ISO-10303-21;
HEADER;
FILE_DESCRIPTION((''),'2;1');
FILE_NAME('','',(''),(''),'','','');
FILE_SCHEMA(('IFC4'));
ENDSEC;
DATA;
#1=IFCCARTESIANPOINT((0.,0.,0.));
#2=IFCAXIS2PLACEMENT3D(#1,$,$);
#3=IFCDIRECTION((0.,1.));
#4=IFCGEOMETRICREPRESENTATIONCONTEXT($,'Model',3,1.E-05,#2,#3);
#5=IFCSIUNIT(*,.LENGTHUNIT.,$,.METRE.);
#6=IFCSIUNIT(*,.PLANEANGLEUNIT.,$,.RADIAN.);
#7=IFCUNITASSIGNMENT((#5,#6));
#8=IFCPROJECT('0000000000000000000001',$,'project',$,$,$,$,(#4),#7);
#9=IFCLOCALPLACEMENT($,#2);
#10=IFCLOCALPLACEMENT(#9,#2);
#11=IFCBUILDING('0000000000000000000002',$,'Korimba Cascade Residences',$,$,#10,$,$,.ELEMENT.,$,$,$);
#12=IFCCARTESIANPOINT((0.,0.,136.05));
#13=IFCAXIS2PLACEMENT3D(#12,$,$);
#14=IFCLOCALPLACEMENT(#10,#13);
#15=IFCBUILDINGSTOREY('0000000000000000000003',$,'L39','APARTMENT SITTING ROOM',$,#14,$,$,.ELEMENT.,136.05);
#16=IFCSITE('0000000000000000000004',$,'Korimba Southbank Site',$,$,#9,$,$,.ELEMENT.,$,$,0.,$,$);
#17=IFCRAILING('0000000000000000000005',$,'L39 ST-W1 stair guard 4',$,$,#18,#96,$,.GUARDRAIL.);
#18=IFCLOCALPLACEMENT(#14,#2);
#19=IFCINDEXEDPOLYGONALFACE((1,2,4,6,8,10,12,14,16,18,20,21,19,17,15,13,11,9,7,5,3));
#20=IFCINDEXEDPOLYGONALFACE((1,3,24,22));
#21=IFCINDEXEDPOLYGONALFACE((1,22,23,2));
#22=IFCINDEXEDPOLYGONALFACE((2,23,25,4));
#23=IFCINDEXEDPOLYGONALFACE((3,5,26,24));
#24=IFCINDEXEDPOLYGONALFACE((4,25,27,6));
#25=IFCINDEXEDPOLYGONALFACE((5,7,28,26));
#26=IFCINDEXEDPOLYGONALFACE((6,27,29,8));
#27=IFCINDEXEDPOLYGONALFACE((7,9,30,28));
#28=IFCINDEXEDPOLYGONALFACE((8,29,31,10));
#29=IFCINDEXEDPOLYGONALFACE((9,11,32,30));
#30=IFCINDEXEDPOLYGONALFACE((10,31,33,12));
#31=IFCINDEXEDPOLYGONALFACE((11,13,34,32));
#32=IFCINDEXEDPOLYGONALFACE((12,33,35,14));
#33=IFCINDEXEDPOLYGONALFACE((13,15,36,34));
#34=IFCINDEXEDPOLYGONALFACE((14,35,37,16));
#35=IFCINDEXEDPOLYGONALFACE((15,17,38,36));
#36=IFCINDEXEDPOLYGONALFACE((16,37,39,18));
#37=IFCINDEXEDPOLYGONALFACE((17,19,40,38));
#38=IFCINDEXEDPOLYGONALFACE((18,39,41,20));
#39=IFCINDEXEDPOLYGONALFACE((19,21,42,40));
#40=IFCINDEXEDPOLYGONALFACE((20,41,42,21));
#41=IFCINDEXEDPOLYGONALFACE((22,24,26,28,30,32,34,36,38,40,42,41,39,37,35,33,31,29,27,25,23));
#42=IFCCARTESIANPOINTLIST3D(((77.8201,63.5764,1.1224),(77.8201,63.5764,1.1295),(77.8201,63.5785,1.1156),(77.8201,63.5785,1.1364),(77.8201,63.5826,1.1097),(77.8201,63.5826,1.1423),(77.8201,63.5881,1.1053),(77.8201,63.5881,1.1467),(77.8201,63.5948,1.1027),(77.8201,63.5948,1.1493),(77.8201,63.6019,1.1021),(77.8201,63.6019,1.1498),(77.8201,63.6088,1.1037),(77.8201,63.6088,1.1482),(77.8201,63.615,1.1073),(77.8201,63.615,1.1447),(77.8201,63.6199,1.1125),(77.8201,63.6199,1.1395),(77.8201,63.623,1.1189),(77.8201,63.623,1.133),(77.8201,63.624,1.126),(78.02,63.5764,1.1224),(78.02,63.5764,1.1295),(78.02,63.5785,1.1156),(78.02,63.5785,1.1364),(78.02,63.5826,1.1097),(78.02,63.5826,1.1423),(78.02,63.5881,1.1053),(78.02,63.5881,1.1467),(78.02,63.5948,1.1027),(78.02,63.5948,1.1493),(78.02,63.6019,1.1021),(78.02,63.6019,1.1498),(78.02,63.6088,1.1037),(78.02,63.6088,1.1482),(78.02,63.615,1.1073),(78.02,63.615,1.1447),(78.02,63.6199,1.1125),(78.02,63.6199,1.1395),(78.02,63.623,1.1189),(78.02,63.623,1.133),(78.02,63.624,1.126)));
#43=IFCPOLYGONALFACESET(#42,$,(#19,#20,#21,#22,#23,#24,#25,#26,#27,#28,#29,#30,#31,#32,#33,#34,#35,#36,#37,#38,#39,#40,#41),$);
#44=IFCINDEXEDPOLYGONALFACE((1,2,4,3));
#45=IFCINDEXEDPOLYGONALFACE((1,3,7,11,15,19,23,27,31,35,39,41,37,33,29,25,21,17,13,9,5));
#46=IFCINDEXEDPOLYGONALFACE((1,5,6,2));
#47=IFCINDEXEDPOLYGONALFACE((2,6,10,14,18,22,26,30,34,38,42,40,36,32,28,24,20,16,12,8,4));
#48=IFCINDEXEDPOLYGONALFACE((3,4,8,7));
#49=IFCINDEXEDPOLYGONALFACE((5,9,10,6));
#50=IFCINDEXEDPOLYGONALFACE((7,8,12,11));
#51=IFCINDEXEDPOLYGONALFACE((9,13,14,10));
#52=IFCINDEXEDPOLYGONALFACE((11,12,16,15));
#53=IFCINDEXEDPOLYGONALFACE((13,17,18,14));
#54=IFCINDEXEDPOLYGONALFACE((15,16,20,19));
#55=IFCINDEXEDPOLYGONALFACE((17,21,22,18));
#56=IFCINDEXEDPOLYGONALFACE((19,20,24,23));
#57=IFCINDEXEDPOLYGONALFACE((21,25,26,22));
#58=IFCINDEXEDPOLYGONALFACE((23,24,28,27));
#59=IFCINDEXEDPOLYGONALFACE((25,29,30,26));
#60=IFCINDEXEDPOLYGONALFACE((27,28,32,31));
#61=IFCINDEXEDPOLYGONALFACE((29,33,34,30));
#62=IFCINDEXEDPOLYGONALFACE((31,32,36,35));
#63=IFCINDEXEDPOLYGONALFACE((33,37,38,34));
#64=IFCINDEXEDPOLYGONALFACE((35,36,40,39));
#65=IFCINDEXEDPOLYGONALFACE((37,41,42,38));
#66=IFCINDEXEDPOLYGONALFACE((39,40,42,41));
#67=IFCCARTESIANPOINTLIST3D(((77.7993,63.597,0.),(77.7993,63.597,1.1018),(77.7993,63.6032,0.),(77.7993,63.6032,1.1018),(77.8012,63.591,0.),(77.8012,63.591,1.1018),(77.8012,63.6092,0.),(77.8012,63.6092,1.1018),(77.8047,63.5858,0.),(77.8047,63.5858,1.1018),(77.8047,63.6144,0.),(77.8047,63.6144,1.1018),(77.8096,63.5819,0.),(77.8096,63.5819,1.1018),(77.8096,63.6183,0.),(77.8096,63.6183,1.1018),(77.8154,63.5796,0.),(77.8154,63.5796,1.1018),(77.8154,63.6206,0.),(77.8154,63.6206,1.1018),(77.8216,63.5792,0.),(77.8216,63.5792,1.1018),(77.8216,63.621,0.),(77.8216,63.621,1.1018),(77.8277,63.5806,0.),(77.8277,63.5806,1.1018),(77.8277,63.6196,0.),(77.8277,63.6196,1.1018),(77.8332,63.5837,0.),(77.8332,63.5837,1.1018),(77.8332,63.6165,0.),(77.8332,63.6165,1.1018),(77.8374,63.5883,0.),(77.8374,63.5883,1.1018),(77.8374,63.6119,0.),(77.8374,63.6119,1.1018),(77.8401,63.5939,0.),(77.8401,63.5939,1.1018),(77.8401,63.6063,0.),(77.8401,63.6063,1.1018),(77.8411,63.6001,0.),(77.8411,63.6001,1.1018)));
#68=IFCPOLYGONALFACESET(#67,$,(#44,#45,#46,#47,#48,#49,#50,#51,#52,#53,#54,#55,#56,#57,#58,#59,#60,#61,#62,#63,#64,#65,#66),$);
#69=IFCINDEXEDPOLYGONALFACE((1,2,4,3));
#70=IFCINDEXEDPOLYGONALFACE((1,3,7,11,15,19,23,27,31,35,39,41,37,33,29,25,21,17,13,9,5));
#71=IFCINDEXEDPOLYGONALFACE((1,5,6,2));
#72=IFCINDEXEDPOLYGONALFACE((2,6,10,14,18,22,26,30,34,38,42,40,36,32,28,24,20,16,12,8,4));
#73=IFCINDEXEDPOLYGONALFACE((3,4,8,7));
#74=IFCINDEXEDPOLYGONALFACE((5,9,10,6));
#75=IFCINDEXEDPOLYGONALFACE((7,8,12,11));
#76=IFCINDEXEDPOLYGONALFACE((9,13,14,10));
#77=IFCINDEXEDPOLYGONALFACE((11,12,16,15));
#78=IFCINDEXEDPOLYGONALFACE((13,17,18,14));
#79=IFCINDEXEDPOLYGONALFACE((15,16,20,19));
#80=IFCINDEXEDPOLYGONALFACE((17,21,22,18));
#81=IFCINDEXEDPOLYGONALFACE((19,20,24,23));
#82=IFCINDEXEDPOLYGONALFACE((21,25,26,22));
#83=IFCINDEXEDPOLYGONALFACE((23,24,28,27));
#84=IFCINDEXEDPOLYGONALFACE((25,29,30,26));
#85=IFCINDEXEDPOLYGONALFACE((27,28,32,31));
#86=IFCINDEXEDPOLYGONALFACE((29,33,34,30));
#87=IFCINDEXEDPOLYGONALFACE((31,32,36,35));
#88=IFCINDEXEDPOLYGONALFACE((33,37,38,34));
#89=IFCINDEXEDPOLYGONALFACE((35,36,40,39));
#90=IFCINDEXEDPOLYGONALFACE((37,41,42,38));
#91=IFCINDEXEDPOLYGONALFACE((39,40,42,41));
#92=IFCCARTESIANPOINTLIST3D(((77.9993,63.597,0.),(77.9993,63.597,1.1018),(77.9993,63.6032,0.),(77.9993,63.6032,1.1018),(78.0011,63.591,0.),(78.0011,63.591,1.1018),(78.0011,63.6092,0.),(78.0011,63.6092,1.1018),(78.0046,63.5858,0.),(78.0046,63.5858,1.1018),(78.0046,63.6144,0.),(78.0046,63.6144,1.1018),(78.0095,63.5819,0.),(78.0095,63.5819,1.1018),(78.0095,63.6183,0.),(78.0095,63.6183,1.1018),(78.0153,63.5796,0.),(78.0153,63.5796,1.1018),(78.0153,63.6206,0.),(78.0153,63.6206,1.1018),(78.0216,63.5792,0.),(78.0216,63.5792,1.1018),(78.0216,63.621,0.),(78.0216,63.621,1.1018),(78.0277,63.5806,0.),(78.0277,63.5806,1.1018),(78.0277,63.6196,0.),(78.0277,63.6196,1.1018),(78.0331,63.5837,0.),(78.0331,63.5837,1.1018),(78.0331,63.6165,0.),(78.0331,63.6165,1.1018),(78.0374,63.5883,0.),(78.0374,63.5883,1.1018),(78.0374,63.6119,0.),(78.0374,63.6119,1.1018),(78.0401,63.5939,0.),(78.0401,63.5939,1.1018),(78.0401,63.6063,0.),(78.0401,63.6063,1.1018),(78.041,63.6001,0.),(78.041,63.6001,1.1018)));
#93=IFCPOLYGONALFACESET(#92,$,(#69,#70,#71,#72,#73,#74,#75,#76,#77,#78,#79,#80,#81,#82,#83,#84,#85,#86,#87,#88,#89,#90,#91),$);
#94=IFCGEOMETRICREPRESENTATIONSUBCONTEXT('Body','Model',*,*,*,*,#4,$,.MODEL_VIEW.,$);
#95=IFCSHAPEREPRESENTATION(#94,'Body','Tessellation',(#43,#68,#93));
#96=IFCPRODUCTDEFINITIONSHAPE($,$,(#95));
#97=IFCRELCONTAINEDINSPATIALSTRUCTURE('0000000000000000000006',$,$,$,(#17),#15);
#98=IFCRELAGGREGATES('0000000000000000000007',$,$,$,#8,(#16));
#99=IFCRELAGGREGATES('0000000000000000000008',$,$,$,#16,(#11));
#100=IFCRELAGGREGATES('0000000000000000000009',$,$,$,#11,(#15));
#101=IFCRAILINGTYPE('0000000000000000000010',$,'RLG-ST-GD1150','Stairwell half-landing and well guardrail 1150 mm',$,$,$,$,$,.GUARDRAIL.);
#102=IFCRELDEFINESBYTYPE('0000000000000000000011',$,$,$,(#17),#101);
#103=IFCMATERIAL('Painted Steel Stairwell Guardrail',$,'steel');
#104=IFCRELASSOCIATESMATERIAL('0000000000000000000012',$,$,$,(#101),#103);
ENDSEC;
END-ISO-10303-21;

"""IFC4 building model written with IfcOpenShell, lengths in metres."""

from ifc_helpers import new_model, si_unit, direction, frame, origin, origin_2d, place, context, subcontext, project, spatial, circle, extrude, material, type_object, element, save


model = new_model("IFC4")

# Units and contexts
model_context = context("Model", 3, precision=1e-05, world=origin(), true_north=direction((0.0, 1.0)))
body_context = subcontext(model_context, "Body", "Model", "MODEL_VIEW")
ifc_project = project(units=[si_unit("LENGTHUNIT", "METRE"), si_unit("PLANEANGLEUNIT", "RADIAN")], contexts=[model_context])

# Site, building, storey
site_placement = place(None, origin())
site = spatial("IfcSite", under=ifc_project, at=site_placement, Name="Korimba Southbank Site", CompositionType="ELEMENT", RefElevation=0.0)
building_placement = place(site_placement, origin())
building = spatial("IfcBuilding", under=site, at=building_placement, Name="Korimba Cascade Residences", CompositionType="ELEMENT")
storey_placement = place(building_placement, frame((0.0, 0.0, 136.05)))
storey = spatial("IfcBuildingStorey", under=building, at=storey_placement, Name="L39", Description="APARTMENT SITTING ROOM", CompositionType="ELEMENT", Elevation=136.05)

# Railing
ifc_material_1 = material(Name="Painted Steel Stairwell Guardrail", Category="steel")
railing_type_1 = type_object("IfcRailingType", Name="RLG-ST-GD1150", Description="Stairwell half-landing and well guardrail 1150 mm", PredefinedType="GUARDRAIL", material=ifc_material_1)
railing_1_placement = place(storey_placement, frame((77.8201, 63.6001, 0.0)))
element("IfcRailing", 1, at=railing_1_placement, inside=storey, type_object=railing_type_1, Name="L39 ST-W1 stair guard 4", PredefinedType="GUARDRAIL", context=body_context, shape_type="SweptSolid", body=[
    extrude(circle(Radius=0.0239, at=origin_2d()), frame((0.0, 0.0, 1.126), z_axis=(1.0, 0.0, 0.0), x_axis=(0.0, 1.0, 0.0)), (0.0, 0.0, 1.0), 0.2),
    extrude(circle(Radius=0.021, at=origin_2d()), origin(), (0.0, 0.0, 1.0), 1.1018),
    extrude(circle(Radius=0.021, at=origin_2d()), frame((0.2, 0.0, 0.0)), (0.0, 0.0, 1.0), 1.1018),
])

save(model, "model.ifc")
